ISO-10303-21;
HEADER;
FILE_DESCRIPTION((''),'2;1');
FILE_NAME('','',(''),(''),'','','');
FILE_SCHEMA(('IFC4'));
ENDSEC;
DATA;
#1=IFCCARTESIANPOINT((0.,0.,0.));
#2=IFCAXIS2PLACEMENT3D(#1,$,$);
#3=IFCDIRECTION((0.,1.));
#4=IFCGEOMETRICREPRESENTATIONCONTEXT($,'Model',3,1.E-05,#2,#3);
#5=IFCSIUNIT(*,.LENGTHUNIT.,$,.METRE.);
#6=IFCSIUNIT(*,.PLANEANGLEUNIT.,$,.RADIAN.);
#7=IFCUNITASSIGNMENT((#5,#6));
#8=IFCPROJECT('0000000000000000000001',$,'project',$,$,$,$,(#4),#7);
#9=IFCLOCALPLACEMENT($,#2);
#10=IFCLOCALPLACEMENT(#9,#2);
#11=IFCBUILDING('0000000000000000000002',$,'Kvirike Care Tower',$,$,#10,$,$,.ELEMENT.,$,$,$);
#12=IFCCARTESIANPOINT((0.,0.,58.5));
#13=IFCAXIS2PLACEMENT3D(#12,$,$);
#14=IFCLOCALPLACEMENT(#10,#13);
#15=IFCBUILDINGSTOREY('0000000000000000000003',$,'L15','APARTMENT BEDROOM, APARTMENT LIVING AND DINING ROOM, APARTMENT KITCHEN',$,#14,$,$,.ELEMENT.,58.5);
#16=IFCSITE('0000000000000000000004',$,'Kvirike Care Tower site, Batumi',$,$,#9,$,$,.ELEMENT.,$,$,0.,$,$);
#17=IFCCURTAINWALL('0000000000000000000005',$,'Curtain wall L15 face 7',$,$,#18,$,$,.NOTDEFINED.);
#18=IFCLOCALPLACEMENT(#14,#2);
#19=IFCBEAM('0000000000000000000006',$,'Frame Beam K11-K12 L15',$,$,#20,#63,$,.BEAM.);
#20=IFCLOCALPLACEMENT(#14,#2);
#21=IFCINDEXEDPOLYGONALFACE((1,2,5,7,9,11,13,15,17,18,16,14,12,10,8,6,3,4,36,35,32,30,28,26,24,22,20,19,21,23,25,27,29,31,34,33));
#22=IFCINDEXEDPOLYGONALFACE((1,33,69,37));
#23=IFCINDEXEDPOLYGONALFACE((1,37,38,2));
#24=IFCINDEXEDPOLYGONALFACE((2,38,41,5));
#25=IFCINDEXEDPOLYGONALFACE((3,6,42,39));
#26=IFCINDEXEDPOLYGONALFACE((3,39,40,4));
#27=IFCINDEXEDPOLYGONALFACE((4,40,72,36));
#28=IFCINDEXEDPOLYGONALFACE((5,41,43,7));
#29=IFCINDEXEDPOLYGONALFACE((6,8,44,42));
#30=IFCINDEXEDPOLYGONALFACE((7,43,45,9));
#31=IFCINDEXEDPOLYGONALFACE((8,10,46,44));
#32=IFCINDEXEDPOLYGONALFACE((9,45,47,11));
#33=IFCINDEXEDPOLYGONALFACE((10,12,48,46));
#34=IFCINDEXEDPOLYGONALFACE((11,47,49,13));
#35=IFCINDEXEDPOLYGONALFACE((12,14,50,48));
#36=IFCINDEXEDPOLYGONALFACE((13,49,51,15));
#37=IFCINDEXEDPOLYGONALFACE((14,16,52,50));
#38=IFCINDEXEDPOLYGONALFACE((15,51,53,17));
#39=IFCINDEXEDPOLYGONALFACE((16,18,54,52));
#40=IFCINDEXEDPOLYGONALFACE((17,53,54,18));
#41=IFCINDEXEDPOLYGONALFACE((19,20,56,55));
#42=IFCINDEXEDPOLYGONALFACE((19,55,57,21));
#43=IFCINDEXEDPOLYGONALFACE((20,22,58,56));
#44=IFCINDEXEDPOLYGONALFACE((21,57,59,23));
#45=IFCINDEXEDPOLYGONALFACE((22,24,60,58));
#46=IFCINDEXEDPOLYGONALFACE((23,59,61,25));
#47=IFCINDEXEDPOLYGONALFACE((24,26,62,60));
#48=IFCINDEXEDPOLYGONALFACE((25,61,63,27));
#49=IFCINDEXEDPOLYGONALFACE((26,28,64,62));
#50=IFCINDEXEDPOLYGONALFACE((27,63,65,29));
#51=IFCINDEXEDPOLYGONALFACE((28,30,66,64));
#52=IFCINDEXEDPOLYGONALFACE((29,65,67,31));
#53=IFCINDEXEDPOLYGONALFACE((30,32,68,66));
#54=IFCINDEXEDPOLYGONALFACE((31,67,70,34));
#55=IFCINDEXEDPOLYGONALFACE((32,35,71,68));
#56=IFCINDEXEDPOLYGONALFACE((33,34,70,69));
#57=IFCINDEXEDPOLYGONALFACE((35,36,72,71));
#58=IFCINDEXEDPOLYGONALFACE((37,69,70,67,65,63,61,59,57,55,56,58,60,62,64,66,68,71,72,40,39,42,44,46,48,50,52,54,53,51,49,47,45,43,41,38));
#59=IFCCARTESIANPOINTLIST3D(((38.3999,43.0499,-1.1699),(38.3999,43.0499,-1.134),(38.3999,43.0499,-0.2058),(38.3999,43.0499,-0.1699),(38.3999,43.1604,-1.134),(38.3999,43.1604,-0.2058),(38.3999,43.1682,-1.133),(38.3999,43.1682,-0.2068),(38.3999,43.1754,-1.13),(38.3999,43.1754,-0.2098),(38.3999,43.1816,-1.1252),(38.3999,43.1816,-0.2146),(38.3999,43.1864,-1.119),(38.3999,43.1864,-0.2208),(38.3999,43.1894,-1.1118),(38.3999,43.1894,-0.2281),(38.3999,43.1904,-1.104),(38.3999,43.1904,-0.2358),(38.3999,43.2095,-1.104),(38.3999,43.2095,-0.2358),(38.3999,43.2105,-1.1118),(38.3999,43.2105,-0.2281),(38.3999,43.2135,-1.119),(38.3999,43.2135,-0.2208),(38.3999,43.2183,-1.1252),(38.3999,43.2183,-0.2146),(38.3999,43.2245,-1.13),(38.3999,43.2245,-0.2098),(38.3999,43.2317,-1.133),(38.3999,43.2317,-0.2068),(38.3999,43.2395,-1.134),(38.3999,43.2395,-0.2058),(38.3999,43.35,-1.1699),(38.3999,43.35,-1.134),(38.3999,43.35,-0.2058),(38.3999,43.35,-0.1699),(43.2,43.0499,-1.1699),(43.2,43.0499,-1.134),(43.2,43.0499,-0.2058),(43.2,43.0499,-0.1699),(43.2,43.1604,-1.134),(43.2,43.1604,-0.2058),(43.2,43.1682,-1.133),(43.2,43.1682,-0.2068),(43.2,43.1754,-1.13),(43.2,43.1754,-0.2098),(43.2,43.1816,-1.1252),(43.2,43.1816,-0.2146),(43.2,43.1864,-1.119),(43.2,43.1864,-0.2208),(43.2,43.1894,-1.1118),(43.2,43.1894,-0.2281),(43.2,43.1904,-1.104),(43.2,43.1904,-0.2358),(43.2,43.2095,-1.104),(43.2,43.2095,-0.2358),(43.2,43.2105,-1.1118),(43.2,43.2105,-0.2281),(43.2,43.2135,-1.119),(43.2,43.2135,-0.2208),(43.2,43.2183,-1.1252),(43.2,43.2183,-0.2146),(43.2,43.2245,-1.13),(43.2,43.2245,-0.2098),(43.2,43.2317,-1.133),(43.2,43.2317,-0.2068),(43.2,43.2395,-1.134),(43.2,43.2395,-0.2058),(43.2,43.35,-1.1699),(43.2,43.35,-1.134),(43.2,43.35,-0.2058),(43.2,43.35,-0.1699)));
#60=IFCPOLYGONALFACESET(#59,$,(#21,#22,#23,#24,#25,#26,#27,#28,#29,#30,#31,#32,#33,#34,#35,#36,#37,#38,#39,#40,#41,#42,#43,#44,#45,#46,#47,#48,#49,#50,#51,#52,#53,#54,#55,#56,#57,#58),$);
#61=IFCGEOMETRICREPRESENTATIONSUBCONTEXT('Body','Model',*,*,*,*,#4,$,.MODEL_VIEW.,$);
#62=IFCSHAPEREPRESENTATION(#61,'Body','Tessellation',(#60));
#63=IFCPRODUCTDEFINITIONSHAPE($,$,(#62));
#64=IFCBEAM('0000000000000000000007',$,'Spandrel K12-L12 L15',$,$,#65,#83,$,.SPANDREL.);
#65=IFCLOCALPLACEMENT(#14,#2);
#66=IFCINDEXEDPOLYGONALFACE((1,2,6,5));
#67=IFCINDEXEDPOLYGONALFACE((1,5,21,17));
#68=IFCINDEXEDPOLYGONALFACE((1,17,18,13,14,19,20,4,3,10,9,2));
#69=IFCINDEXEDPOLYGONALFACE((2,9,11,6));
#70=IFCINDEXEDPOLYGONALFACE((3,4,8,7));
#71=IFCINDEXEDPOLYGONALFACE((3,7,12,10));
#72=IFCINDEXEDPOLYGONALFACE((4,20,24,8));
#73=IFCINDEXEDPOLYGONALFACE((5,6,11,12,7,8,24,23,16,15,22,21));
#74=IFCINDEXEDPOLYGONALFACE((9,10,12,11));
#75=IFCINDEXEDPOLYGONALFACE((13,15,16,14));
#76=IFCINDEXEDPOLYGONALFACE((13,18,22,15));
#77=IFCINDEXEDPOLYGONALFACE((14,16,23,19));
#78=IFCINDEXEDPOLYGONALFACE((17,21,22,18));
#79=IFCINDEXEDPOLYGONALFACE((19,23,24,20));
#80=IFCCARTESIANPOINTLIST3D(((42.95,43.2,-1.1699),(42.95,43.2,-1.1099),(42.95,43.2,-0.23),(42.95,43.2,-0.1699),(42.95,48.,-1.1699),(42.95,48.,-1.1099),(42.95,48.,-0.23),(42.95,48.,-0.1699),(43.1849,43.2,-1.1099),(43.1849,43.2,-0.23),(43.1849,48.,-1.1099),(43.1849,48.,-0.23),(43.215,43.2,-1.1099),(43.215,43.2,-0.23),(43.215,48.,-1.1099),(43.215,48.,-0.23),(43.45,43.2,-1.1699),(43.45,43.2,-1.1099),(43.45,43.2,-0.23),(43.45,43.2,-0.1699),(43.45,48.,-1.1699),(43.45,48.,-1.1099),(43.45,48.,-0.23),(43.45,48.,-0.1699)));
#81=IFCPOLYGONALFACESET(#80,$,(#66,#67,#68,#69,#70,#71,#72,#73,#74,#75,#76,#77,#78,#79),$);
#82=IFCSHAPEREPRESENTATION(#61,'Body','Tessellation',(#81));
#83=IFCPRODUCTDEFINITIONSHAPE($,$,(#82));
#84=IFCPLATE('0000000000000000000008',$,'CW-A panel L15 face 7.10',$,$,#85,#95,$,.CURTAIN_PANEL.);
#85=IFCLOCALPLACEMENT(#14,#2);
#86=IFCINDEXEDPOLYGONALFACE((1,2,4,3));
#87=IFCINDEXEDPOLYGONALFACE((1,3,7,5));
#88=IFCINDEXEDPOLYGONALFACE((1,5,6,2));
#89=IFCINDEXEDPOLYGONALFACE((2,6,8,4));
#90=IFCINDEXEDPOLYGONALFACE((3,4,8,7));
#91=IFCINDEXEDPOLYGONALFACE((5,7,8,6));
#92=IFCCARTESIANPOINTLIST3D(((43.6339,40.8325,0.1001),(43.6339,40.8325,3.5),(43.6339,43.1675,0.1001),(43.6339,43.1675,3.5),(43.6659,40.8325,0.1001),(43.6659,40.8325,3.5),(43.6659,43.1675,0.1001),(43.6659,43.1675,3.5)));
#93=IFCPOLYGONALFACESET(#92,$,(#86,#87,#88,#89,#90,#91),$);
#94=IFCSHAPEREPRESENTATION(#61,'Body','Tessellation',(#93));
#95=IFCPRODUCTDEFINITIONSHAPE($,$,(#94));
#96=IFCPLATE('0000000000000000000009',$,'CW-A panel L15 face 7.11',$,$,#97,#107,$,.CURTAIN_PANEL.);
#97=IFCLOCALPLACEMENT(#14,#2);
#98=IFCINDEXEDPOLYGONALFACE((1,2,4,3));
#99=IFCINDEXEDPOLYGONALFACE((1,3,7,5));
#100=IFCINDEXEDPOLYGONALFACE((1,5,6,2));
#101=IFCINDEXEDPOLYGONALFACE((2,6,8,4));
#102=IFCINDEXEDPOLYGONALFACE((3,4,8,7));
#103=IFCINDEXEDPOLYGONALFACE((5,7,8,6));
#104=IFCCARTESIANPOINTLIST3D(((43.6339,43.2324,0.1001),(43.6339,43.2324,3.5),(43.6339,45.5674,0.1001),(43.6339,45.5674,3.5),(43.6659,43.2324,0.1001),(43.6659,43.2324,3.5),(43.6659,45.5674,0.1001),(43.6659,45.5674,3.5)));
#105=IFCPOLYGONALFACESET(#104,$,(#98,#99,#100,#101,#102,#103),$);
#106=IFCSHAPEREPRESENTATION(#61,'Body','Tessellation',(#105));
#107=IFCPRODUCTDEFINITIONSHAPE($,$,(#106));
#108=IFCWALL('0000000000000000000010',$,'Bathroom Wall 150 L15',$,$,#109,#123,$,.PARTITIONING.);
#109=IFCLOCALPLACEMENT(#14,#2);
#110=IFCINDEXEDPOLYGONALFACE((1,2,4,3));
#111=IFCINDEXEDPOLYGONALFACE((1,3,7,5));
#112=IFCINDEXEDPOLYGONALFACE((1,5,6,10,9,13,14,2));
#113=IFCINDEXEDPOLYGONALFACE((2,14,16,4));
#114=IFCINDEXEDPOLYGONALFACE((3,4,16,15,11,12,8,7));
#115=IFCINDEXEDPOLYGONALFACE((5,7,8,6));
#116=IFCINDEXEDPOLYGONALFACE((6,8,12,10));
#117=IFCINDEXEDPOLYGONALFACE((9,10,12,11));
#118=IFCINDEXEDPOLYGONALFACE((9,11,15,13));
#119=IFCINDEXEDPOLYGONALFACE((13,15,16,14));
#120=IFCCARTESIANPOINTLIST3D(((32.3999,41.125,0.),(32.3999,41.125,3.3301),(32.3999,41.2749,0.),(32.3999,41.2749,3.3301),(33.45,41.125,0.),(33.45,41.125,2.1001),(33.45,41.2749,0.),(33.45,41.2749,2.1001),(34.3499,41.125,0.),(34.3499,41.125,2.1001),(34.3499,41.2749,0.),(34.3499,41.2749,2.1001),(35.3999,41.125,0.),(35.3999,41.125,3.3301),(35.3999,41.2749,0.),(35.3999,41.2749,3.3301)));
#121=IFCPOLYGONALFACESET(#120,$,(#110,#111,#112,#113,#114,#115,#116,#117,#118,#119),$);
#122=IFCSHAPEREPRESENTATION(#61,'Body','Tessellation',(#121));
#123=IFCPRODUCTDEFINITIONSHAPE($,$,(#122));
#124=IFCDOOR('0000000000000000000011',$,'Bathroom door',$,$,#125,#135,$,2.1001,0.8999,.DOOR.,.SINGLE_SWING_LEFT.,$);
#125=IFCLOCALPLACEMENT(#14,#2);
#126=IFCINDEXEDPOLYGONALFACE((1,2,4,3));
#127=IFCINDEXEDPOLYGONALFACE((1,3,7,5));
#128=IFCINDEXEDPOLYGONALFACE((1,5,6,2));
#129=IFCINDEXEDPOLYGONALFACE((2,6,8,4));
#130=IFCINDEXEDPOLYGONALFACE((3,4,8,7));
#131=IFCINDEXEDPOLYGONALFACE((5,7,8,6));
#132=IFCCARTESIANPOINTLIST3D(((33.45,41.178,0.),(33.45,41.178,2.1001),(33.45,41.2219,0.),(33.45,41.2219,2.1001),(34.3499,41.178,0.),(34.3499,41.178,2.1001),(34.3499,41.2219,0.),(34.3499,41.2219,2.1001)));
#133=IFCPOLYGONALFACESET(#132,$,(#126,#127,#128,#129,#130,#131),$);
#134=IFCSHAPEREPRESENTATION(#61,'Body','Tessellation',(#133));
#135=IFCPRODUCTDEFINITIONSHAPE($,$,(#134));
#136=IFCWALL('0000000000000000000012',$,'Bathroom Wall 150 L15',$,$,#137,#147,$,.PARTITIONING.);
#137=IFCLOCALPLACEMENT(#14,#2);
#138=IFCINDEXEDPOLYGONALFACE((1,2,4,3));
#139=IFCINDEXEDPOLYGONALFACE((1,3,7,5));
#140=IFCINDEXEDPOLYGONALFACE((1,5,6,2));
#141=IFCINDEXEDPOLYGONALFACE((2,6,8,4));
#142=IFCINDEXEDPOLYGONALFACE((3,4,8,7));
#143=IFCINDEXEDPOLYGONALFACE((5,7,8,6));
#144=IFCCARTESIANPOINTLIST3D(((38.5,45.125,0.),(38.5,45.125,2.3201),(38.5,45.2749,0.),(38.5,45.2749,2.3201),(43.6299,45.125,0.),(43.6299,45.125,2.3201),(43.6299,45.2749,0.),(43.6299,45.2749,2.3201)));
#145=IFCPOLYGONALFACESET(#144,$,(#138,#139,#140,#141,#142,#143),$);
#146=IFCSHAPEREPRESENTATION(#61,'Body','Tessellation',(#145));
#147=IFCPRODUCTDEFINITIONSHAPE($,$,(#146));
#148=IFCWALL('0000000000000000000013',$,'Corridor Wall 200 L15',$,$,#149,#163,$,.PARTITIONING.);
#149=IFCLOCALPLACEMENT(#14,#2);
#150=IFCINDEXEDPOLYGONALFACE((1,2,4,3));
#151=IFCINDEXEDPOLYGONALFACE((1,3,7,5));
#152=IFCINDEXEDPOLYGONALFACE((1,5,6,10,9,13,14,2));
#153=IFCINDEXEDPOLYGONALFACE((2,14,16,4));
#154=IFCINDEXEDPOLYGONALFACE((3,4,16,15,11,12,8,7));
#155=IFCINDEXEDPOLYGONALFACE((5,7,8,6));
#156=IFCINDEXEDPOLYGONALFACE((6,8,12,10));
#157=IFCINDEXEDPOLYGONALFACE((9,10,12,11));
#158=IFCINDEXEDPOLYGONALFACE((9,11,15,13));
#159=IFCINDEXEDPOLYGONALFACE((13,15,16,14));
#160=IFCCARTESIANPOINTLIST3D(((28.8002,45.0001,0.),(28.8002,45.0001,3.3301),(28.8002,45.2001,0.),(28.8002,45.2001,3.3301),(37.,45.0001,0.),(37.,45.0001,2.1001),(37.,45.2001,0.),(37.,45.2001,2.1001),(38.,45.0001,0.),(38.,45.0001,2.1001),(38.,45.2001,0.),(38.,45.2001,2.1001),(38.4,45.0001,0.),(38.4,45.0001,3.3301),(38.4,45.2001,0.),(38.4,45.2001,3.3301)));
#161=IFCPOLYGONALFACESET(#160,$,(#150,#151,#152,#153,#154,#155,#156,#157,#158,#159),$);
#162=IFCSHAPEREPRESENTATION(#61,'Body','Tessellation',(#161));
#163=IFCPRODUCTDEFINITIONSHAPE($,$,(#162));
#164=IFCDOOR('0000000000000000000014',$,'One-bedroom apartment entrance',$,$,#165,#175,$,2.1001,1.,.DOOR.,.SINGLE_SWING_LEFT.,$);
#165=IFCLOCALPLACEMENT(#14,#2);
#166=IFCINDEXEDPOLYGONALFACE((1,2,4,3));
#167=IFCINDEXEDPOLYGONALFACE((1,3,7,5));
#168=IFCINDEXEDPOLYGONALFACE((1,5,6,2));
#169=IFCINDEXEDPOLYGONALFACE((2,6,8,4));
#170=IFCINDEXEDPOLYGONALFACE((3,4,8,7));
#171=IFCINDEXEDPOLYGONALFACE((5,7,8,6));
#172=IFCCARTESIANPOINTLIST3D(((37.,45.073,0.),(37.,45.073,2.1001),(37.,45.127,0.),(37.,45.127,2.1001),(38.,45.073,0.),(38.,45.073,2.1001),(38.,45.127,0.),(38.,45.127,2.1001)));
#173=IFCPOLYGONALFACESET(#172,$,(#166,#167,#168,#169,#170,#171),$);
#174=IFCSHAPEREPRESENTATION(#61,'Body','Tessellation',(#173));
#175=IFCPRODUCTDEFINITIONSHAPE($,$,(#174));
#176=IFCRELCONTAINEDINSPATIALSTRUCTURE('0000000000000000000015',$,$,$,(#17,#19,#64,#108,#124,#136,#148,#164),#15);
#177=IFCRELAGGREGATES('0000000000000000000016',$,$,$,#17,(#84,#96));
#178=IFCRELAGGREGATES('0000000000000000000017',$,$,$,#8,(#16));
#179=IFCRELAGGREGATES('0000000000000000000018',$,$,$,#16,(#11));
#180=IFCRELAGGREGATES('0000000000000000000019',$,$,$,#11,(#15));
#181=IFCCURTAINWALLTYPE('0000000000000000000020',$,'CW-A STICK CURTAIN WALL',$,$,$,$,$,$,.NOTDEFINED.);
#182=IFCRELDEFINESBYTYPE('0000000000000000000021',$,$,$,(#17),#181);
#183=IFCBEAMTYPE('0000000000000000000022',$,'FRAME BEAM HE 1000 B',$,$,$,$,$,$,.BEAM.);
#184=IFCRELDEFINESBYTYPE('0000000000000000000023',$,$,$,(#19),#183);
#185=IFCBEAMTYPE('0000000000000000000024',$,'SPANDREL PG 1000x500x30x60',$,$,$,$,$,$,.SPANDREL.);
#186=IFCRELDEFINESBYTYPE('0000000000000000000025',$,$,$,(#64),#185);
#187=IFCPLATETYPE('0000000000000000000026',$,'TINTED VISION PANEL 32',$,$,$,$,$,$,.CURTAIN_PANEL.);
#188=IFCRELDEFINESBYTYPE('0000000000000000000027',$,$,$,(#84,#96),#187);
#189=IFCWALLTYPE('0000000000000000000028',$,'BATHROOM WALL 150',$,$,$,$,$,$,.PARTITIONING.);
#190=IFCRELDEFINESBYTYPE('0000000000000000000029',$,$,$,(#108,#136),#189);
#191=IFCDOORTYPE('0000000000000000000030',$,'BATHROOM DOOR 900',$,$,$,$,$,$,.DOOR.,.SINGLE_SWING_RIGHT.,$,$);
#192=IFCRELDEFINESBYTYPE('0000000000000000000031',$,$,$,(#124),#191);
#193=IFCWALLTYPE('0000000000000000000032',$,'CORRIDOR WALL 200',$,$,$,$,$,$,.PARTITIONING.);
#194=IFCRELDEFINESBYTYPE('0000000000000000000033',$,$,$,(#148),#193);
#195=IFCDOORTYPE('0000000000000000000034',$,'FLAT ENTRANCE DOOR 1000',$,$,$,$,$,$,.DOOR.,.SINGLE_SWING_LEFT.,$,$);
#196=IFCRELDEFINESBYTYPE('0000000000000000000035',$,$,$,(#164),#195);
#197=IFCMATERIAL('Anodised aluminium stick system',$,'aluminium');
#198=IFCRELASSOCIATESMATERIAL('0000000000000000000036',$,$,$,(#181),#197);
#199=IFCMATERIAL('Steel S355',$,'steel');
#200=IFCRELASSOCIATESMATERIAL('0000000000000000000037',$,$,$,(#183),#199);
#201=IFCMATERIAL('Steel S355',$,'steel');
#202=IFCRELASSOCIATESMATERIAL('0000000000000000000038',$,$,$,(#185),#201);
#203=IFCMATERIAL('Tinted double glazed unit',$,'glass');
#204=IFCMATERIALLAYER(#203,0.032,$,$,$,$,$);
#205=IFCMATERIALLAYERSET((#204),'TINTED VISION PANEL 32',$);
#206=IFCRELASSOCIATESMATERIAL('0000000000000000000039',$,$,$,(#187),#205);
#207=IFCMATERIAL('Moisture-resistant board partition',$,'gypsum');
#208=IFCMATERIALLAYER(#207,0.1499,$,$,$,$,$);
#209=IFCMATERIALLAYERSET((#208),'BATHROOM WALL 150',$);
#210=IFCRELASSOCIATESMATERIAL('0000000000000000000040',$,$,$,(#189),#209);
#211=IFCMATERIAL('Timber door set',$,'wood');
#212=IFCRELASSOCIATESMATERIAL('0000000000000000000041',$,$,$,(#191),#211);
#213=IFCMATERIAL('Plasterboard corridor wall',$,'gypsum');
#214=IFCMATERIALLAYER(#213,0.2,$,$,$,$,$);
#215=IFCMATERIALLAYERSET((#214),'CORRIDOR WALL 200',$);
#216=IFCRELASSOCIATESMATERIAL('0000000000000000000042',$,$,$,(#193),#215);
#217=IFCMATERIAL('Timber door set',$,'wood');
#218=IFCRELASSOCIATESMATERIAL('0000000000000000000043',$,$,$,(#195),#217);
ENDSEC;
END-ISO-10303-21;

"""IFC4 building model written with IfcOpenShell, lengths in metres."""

from ifc_helpers import new_model, si_unit, direction, frame, frame_2d, origin, origin_2d, place, context, subcontext, project, spatial, rectangle, i_section, extrude, material, layer, layer_set, material_profile, profile_set, type_object, element, fill, aggregate, save


model = new_model("IFC4")

# Units and contexts
model_context = context("Model", 3, precision=1e-05, world=origin(), true_north=direction((0.0, 1.0)))
body_context = subcontext(model_context, "Body", "Model", "MODEL_VIEW")
ifc_project = project(units=[si_unit("LENGTHUNIT", "METRE"), si_unit("PLANEANGLEUNIT", "RADIAN")], contexts=[model_context])

# Site, building, storey
site_placement = place(None, origin())
site = spatial("IfcSite", under=ifc_project, at=site_placement, Name="Kvirike Care Tower site, Batumi", CompositionType="ELEMENT", RefElevation=0.0)
building_placement = place(site_placement, origin())
building = spatial("IfcBuilding", under=site, at=building_placement, Name="Kvirike Care Tower", CompositionType="ELEMENT")
storey_placement = place(building_placement, frame((0.0, 0.0, 58.5)))
storey = spatial("IfcBuildingStorey", under=building, at=storey_placement, Name="L15", Description="APARTMENT BEDROOM, APARTMENT LIVING AND DINING ROOM, APARTMENT KITCHEN", CompositionType="ELEMENT", Elevation=58.5)

# Curtain wall
ifc_material_1 = material(Name="Anodised aluminium stick system", Category="aluminium")
curtain_wall_type = type_object("IfcCurtainWallType", Name="CW-A STICK CURTAIN WALL", PredefinedType="NOTDEFINED", material=ifc_material_1)
curtain_wall_placement = place(storey_placement, origin())
curtain_wall = element("IfcCurtainWall", 1, at=curtain_wall_placement, inside=storey, type_object=curtain_wall_type, Name="Curtain wall L15 face 7", PredefinedType="NOTDEFINED")

# Beams
ifc_material_2 = material(Name="Steel S355", Category="steel")
ifc_material_profile_1 = material_profile(ifc_material_2, i_section(OverallWidth=0.3, OverallDepth=1.0, WebThickness=0.019, FlangeThickness=0.0359, FilletRadius=0.03, at=origin_2d()), Name="HE 1000 B")
ifc_profile_set_1 = profile_set([ifc_material_profile_1], Name="Steel S355")
beam_type_1 = type_object("IfcBeamType", Name="FRAME BEAM HE 1000 B", PredefinedType="BEAM", material=ifc_profile_set_1)
beam_1_placement = place(storey_placement, frame((38.3999, 43.2, -0.6699), z_axis=(1.0, 0.0, 0.0), x_axis=(0.0, 1.0, 0.0)))
element("IfcBeam", 2, at=beam_1_placement, inside=storey, type_object=beam_type_1, Name="Frame Beam K11-K12 L15", PredefinedType="BEAM", context=body_context, shape_type="SweptSolid", body=[
    extrude(i_section(OverallWidth=0.3, OverallDepth=1.0, WebThickness=0.019, FlangeThickness=0.0359, FilletRadius=0.03, at=origin_2d()), origin(), (0.0, 0.0, 1.0), 4.8),
])
ifc_material_3 = material(Name="Steel S355", Category="steel")
ifc_material_profile_2 = material_profile(ifc_material_3, i_section(OverallWidth=0.5, OverallDepth=1.0, WebThickness=0.03, FlangeThickness=0.0601, at=origin_2d()), Name="PG 1000x500x30x60")
ifc_profile_set_2 = profile_set([ifc_material_profile_2], Name="Steel S355")
beam_type_2 = type_object("IfcBeamType", Name="SPANDREL PG 1000x500x30x60", PredefinedType="SPANDREL", material=ifc_profile_set_2)
beam_2_placement = place(storey_placement, frame((43.2, 43.2, -0.6699), z_axis=(0.0, 1.0, 0.0), x_axis=(-1.0, 0.0, 0.0)))
element("IfcBeam", 3, at=beam_2_placement, inside=storey, type_object=beam_type_2, Name="Spandrel K12-L12 L15", PredefinedType="SPANDREL", context=body_context, shape_type="SweptSolid", body=[
    extrude(i_section(OverallWidth=0.5, OverallDepth=1.0, WebThickness=0.03, FlangeThickness=0.0601, at=origin_2d()), origin(), (0.0, 0.0, 1.0), 4.8),
])

# Plates
ifc_material_4 = material(Name="Tinted double glazed unit", Category="glass")
ifc_layer_1 = layer(ifc_material_4, 0.032)
ifc_layer_set_1 = layer_set([ifc_layer_1], Name="TINTED VISION PANEL 32")
plate_type = type_object("IfcPlateType", Name="TINTED VISION PANEL 32", PredefinedType="CURTAIN_PANEL", material=ifc_layer_set_1)
plate_1_placement = place(storey_placement, frame((43.6499, 42.0, 0.1001), z_axis=(0.0, 0.0, 1.0), x_axis=(0.0, 1.0, 0.0)))
plate_1 = element("IfcPlate", 4, at=plate_1_placement, type_object=plate_type, Name="CW-A panel L15 face 7.10", PredefinedType="CURTAIN_PANEL", context=body_context, shape_type="SweptSolid", body=[
    extrude(rectangle(XDim=2.335, YDim=0.032, at=origin_2d()), origin(), (0.0, 0.0, 1.0), 3.3999),
])
plate_2_placement = place(storey_placement, frame((43.6499, 44.3999, 0.1001), z_axis=(0.0, 0.0, 1.0), x_axis=(0.0, 1.0, 0.0)))
plate_2 = element("IfcPlate", 5, at=plate_2_placement, type_object=plate_type, Name="CW-A panel L15 face 7.11", PredefinedType="CURTAIN_PANEL", context=body_context, shape_type="SweptSolid", body=[
    extrude(rectangle(XDim=2.335, YDim=0.032, at=origin_2d()), origin(), (0.0, 0.0, 1.0), 3.3999),
])
aggregate(curtain_wall, [plate_1, plate_2])

# Wall, opening, door
ifc_material_5 = material(Name="Moisture-resistant board partition", Category="gypsum")
ifc_layer_2 = layer(ifc_material_5, 0.1499)
ifc_layer_set_2 = layer_set([ifc_layer_2], Name="BATHROOM WALL 150")
wall_type_1 = type_object("IfcWallType", Name="BATHROOM WALL 150", PredefinedType="PARTITIONING", material=ifc_layer_set_2)
wall_1_placement = place(storey_placement, frame((35.3999, 41.2, 0.0), z_axis=(0.0, 0.0, 1.0), x_axis=(-1.0, 0.0, 0.0)))
wall_1 = element("IfcWall", 6, at=wall_1_placement, inside=storey, type_object=wall_type_1, Name="Bathroom Wall 150 L15", PredefinedType="PARTITIONING", context=body_context, shape_type="SweptSolid", body=[
    extrude(rectangle(XDim=3.0, YDim=0.1499, at=frame_2d((1.5, 0.0))), origin(), (0.0, 0.0, 1.0), 3.3301),
])
opening_1_placement = place(wall_1_placement, frame((1.05, 0.0, 0.0)))
opening_1 = element("IfcOpeningElement", 7, at=opening_1_placement, cuts=wall_1, PredefinedType="OPENING", context=body_context, shape_type="SweptSolid", body=[
    extrude(rectangle(XDim=0.8999, YDim=2.1001, at=frame_2d((0.45, 1.05))), frame((0.0, 0.0854, 0.0), z_axis=(0.0, -1.0, 0.0), x_axis=(1.0, 0.0, 0.0)), (0.0, 0.0, 1.0), 0.1709),
])
ifc_material_6 = material(Name="Timber door set", Category="wood")
door_type_1 = type_object("IfcDoorType", Name="BATHROOM DOOR 900", OperationType="SINGLE_SWING_RIGHT", PredefinedType="DOOR", material=ifc_material_6)
door_1_placement = place(opening_1_placement, origin())
door_1 = element("IfcDoor", 8, at=door_1_placement, inside=storey, type_object=door_type_1, Name="Bathroom door", OperationType="SINGLE_SWING_LEFT", OverallHeight=2.1001, OverallWidth=0.8999, PredefinedType="DOOR", context=body_context, shape_type="SweptSolid", body=[
    extrude(rectangle(XDim=0.8999, YDim=2.1001, at=frame_2d((0.45, 1.05))), frame((0.0, 0.022, 0.0), z_axis=(0.0, -1.0, 0.0), x_axis=(1.0, 0.0, 0.0)), (0.0, 0.0, 1.0), 0.0439),
])
fill(opening_1, door_1)

# Wall
wall_2_placement = place(storey_placement, frame((43.6299, 45.2, 0.0), z_axis=(0.0, 0.0, 1.0), x_axis=(-1.0, 0.0, 0.0)))
element("IfcWall", 9, at=wall_2_placement, inside=storey, type_object=wall_type_1, Name="Bathroom Wall 150 L15", PredefinedType="PARTITIONING", context=body_context, shape_type="SweptSolid", body=[
    extrude(rectangle(XDim=5.1299, YDim=0.1499, at=frame_2d((2.5649, 0.0))), origin(), (0.0, 0.0, 1.0), 2.3201),
])

# Wall, opening, door
ifc_material_7 = material(Name="Plasterboard corridor wall", Category="gypsum")
ifc_layer_3 = layer(ifc_material_7, 0.2)
ifc_layer_set_3 = layer_set([ifc_layer_3], Name="CORRIDOR WALL 200")
wall_type_2 = type_object("IfcWallType", Name="CORRIDOR WALL 200", PredefinedType="PARTITIONING", material=ifc_layer_set_3)
wall_3_placement = place(storey_placement, frame((38.3999, 45.1001, 0.0), z_axis=(0.0, 0.0, 1.0), x_axis=(-1.0, 0.0, 0.0)))
wall_3 = element("IfcWall", 10, at=wall_3_placement, inside=storey, type_object=wall_type_2, Name="Corridor Wall 200 L15", PredefinedType="PARTITIONING", context=body_context, shape_type="SweptSolid", body=[
    extrude(rectangle(XDim=9.5999, YDim=0.2, at=frame_2d((4.7998, 0.0))), origin(), (0.0, 0.0, 1.0), 3.3301),
])
opening_2_placement = place(wall_3_placement, frame((0.3999, 0.0, 0.0)))
opening_2 = element("IfcOpeningElement", 11, at=opening_2_placement, cuts=wall_3, PredefinedType="OPENING", context=body_context, shape_type="SweptSolid", body=[
    extrude(rectangle(XDim=1.0, YDim=2.1001, at=frame_2d((0.5, 1.05))), frame((0.0, 0.1106, 0.0), z_axis=(0.0, -1.0, 0.0), x_axis=(1.0, 0.0, 0.0)), (0.0, 0.0, 1.0), 0.2209),
])
ifc_material_8 = material(Name="Timber door set", Category="wood")
door_type_2 = type_object("IfcDoorType", Name="FLAT ENTRANCE DOOR 1000", OperationType="SINGLE_SWING_LEFT", PredefinedType="DOOR", material=ifc_material_8)
door_2_placement = place(opening_2_placement, frame((1.0, 0.0, 0.0), z_axis=(0.0, 0.0, 1.0), x_axis=(-1.0, 0.0, 0.0)))
door_2 = element("IfcDoor", 12, at=door_2_placement, inside=storey, type_object=door_type_2, Name="One-bedroom apartment entrance", OperationType="SINGLE_SWING_LEFT", OverallHeight=2.1001, OverallWidth=1.0, PredefinedType="DOOR", context=body_context, shape_type="SweptSolid", body=[
    extrude(rectangle(XDim=1.0, YDim=2.1001, at=frame_2d((0.5, 1.05))), frame((0.0, 0.0269, 0.0), z_axis=(0.0, -1.0, 0.0), x_axis=(1.0, 0.0, 0.0)), (0.0, 0.0, 1.0), 0.054),
])
fill(opening_2, door_2)

save(model, "model.ifc")
